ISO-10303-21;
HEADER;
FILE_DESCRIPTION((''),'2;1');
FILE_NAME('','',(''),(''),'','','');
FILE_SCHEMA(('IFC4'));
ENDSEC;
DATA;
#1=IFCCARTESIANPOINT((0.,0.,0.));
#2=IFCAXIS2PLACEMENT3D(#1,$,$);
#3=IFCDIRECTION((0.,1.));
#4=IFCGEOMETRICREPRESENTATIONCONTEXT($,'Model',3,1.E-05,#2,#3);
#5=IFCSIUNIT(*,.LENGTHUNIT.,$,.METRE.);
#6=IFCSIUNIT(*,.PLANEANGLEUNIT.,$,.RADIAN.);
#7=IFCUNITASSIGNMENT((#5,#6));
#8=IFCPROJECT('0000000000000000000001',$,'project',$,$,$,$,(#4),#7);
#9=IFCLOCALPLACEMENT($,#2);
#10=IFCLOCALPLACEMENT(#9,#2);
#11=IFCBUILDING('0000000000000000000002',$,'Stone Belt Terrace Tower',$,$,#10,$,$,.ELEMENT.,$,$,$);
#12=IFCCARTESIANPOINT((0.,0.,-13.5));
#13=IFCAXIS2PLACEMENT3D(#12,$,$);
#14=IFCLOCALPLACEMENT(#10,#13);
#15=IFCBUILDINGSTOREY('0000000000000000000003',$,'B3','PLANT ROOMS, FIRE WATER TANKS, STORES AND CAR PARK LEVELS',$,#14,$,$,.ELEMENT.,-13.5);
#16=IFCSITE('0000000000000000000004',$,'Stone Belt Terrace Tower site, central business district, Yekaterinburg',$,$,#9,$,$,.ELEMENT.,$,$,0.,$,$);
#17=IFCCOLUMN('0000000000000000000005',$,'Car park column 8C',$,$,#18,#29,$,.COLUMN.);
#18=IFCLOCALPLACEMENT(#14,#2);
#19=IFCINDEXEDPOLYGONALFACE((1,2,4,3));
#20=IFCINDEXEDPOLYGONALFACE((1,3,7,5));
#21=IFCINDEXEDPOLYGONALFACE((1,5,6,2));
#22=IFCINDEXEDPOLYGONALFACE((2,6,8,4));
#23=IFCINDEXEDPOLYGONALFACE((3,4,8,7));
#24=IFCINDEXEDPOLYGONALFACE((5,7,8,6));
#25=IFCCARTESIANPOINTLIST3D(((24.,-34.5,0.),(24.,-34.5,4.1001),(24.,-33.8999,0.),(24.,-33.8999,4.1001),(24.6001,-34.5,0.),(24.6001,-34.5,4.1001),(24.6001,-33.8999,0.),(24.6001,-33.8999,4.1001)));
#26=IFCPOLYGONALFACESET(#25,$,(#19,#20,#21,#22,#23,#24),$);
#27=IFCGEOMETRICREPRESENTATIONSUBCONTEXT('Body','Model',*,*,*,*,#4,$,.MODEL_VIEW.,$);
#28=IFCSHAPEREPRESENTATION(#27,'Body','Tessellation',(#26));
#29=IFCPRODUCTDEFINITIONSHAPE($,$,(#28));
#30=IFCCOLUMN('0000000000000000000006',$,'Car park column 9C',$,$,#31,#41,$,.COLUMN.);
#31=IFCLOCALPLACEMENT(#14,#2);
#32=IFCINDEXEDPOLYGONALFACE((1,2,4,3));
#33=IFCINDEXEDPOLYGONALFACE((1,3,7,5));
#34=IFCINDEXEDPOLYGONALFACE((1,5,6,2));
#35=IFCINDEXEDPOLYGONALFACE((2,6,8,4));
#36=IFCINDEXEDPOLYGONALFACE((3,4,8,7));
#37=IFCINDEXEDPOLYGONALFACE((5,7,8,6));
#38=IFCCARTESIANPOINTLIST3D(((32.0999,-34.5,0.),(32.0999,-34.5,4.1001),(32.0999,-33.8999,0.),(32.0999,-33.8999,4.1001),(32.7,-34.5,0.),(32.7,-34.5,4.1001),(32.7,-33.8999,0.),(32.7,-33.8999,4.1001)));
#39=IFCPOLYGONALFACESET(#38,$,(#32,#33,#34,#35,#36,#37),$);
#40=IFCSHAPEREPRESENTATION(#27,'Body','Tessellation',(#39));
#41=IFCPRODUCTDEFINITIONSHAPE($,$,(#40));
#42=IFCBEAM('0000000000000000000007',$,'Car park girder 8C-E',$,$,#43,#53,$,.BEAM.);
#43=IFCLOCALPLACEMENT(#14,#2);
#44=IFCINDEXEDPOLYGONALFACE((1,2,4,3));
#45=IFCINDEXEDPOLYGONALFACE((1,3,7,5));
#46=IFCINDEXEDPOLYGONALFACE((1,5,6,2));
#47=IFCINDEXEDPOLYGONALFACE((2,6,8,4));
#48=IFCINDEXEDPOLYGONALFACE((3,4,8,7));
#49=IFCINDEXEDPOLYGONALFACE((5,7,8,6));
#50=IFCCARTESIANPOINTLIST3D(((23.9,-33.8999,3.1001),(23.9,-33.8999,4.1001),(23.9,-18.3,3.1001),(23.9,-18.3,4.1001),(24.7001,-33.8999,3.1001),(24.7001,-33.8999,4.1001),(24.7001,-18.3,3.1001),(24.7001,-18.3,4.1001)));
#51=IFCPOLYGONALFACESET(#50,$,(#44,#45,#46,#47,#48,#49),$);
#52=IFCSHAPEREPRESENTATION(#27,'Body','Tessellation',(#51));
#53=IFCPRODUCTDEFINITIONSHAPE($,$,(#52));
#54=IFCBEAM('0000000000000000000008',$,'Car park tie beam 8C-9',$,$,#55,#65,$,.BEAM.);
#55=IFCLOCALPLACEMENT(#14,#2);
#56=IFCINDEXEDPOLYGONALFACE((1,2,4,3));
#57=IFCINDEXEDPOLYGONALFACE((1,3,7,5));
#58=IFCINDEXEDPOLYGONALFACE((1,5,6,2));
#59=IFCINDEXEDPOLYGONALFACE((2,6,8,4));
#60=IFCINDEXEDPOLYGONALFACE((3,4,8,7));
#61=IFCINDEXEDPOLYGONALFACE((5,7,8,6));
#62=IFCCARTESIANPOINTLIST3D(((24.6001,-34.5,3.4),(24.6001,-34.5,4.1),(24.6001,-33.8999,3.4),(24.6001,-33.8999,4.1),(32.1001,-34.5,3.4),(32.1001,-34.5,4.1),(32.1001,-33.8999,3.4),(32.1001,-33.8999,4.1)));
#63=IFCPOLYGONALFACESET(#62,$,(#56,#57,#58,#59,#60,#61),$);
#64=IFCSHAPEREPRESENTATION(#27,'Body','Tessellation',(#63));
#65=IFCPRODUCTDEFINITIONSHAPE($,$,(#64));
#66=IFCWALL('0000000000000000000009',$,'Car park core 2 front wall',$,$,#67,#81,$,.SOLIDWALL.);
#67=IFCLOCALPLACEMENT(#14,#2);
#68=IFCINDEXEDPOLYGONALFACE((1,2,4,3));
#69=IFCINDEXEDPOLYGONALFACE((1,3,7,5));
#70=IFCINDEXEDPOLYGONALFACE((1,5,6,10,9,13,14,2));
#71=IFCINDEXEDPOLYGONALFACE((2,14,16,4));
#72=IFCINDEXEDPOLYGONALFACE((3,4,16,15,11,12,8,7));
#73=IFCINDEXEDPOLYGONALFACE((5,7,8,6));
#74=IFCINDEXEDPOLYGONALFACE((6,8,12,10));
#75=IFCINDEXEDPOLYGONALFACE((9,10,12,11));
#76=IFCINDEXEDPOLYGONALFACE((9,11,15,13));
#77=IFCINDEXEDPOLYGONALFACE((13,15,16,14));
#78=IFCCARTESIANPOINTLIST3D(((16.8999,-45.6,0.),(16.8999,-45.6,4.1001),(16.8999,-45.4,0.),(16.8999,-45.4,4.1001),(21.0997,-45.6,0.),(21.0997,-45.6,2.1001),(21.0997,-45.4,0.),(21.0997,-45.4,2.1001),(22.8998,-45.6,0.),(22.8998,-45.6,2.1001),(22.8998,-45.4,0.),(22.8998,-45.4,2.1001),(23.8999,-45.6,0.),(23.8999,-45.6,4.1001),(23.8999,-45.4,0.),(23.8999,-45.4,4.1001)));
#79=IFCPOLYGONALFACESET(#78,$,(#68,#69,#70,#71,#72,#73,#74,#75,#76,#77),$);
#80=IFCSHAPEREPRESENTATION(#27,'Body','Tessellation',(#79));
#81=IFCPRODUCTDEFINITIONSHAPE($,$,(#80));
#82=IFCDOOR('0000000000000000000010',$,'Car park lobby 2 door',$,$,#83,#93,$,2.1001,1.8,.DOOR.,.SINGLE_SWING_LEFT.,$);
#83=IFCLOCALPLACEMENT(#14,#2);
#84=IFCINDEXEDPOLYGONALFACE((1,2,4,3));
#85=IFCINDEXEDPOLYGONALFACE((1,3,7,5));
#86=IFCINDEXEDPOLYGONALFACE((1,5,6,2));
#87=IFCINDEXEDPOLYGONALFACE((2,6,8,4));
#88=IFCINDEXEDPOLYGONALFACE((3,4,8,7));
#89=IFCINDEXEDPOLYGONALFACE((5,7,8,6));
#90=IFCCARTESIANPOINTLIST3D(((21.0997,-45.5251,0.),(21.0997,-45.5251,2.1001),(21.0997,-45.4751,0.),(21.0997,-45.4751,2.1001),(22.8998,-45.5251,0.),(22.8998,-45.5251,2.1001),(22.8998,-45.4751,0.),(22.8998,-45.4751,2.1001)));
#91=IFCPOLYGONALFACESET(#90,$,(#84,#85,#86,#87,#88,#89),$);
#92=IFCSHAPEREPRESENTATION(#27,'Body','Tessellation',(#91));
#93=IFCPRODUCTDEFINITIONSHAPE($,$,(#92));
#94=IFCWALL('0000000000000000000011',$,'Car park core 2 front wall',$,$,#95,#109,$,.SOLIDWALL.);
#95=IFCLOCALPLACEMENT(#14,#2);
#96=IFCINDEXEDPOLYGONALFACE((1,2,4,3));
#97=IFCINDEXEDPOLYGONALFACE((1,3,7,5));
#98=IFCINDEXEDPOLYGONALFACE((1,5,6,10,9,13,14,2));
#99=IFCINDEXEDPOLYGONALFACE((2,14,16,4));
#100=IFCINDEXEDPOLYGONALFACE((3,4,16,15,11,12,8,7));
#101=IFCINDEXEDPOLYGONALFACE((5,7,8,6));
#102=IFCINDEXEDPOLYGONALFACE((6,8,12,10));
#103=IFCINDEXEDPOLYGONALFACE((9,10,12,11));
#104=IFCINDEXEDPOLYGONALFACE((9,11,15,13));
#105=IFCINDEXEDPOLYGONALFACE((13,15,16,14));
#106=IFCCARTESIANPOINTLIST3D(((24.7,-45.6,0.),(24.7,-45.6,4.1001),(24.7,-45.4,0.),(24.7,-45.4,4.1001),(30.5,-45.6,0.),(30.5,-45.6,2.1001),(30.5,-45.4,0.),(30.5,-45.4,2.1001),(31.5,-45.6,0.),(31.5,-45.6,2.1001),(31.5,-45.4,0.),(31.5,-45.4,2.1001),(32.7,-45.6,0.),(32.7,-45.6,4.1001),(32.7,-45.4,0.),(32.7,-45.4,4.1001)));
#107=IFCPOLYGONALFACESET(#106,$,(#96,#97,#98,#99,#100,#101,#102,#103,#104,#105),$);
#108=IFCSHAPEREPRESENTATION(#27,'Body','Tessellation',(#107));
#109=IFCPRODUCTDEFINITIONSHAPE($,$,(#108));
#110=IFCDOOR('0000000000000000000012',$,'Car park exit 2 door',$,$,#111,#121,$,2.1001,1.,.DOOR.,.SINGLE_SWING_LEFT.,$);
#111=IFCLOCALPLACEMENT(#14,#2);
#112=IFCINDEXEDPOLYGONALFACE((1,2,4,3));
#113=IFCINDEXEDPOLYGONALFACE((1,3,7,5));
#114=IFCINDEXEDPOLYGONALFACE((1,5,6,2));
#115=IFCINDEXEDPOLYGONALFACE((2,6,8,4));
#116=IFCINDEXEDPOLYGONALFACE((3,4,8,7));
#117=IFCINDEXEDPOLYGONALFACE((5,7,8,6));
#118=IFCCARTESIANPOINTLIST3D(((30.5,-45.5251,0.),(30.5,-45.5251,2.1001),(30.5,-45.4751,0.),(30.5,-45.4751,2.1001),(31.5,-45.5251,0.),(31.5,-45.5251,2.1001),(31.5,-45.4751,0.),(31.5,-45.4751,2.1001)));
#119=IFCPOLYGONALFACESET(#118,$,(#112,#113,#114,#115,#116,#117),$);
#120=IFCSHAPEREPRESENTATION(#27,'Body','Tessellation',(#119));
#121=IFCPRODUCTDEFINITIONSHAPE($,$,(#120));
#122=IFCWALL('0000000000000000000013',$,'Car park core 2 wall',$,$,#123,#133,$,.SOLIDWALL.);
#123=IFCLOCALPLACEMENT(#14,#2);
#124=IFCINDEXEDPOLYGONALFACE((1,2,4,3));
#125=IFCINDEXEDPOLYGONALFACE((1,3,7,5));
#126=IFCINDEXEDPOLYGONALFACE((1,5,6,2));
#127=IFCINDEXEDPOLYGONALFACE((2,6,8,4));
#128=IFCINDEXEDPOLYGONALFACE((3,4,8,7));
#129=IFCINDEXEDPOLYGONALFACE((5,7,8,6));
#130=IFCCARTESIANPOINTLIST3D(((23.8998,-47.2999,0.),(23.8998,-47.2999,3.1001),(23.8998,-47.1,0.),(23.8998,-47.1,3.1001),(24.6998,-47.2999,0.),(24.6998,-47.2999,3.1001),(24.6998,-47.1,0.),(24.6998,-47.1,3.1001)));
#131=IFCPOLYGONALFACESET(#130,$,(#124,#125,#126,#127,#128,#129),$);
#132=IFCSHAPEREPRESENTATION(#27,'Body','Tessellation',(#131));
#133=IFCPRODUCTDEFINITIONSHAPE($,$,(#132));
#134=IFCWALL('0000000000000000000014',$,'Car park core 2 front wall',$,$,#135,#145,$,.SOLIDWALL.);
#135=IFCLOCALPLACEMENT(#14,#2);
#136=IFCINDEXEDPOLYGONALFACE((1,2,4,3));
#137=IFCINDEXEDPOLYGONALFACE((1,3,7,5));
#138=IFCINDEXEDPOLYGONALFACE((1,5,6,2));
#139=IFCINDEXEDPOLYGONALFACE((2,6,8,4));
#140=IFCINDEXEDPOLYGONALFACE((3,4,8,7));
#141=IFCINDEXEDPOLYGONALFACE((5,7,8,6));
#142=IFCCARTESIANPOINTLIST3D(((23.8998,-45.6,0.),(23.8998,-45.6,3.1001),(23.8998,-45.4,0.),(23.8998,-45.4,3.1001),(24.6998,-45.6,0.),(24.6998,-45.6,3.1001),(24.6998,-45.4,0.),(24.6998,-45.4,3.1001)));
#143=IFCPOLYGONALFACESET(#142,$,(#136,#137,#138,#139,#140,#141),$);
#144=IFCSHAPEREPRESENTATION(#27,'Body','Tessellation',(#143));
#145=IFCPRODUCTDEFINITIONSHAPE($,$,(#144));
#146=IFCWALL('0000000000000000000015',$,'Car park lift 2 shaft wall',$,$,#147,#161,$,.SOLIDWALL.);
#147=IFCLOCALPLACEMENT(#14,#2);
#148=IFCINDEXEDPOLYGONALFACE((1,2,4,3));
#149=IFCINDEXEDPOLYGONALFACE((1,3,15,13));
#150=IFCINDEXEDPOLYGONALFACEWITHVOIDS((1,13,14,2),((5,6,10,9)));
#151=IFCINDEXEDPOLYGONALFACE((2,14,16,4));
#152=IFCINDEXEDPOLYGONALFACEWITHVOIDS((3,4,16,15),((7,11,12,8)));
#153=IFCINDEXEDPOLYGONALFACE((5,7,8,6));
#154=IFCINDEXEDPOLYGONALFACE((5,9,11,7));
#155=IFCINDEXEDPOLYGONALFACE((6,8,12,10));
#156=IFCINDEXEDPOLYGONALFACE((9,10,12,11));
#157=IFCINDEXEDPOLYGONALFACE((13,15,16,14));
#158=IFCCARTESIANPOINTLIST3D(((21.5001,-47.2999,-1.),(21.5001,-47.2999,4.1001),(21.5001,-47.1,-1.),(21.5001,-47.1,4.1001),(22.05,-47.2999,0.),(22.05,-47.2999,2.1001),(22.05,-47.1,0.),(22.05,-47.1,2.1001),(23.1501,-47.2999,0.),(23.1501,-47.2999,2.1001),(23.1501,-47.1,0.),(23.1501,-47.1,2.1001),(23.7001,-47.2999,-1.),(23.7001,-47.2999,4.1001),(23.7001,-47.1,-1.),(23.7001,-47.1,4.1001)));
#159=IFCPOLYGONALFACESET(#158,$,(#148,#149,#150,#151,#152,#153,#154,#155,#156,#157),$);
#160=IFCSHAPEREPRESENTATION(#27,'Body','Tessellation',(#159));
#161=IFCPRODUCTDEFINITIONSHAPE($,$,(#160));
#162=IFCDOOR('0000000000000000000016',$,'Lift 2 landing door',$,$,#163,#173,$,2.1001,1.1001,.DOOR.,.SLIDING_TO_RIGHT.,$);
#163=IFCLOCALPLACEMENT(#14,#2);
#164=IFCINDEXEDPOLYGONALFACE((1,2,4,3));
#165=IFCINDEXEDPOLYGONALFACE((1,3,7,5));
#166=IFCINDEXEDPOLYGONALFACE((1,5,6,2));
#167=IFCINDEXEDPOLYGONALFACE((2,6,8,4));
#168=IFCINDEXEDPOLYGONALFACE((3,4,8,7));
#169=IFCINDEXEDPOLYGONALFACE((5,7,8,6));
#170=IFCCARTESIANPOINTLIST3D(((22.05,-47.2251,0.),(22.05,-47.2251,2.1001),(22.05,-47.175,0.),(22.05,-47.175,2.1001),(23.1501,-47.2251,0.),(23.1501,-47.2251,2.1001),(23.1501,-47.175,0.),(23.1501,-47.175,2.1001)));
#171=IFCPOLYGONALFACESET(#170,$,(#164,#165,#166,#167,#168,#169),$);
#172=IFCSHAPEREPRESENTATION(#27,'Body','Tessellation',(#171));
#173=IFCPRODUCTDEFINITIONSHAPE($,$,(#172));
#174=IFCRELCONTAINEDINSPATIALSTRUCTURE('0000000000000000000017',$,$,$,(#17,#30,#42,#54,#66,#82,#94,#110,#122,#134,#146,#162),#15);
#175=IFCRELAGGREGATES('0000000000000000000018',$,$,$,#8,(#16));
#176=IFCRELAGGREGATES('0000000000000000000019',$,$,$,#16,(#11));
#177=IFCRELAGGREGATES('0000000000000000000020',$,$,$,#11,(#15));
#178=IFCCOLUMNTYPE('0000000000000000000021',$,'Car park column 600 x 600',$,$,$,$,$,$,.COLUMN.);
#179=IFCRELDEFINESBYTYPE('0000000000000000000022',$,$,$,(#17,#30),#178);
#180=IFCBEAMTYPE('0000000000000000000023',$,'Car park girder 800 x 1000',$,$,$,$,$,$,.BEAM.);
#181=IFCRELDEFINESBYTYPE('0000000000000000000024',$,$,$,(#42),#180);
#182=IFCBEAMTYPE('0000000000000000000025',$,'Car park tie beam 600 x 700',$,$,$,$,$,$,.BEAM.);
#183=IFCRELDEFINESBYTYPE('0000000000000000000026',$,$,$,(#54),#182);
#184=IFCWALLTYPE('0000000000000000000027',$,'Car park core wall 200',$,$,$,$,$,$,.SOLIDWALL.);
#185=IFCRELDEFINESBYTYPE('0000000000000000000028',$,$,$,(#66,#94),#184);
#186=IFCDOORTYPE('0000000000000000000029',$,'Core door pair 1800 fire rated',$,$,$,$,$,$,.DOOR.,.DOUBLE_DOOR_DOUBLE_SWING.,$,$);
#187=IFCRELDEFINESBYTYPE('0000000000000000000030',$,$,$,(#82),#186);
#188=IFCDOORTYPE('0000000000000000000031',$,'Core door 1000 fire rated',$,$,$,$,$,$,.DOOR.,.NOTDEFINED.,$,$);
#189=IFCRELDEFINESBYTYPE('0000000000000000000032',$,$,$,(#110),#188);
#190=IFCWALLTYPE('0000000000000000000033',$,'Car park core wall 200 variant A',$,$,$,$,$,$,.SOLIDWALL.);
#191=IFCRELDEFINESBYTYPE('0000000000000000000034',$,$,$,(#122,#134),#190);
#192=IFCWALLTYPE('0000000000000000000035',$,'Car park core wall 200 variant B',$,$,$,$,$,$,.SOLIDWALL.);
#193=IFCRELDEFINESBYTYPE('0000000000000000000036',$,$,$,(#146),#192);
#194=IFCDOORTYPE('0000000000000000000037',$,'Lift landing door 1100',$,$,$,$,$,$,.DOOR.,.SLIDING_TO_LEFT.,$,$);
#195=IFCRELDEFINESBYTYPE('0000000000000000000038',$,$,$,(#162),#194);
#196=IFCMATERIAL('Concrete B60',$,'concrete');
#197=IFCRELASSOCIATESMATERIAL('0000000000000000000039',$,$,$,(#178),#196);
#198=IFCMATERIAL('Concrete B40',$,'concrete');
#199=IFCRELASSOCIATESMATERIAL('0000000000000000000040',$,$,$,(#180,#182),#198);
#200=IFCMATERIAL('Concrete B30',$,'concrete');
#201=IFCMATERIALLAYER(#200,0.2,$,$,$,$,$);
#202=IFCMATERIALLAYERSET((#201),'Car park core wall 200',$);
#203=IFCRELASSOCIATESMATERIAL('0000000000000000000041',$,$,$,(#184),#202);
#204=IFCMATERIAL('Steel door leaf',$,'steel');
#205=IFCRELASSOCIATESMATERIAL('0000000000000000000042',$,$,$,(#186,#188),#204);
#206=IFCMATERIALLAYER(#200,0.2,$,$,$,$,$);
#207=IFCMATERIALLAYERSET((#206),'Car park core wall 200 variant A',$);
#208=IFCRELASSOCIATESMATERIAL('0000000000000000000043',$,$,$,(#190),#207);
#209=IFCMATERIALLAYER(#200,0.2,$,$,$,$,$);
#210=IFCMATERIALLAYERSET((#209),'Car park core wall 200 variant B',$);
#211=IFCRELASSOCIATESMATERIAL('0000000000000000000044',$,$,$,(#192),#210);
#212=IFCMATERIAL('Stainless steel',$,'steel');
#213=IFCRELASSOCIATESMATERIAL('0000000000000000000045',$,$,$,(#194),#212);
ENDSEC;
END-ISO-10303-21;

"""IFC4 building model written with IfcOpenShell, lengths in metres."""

from ifc_helpers import new_model, si_unit, direction, frame, frame_2d, origin, origin_2d, place, context, subcontext, project, spatial, rectangle, extrude, material, layer, layer_set, material_profile, profile_set, type_object, element, fill, save


model = new_model("IFC4")

# Units and contexts
model_context = context("Model", 3, precision=1e-05, world=origin(), true_north=direction((0.0, 1.0)))
body_context = subcontext(model_context, "Body", "Model", "MODEL_VIEW")
ifc_project = project(units=[si_unit("LENGTHUNIT", "METRE"), si_unit("PLANEANGLEUNIT", "RADIAN")], contexts=[model_context])

# Site, building, storey
site_placement = place(None, origin())
site = spatial("IfcSite", under=ifc_project, at=site_placement, Name="Stone Belt Terrace Tower site, central business district, Yekaterinburg", CompositionType="ELEMENT", RefElevation=0.0)
building_placement = place(site_placement, origin())
building = spatial("IfcBuilding", under=site, at=building_placement, Name="Stone Belt Terrace Tower", CompositionType="ELEMENT")
storey_placement = place(building_placement, frame((0.0, 0.0, -13.5)))
storey = spatial("IfcBuildingStorey", under=building, at=storey_placement, Name="B3", Description="PLANT ROOMS, FIRE WATER TANKS, STORES AND CAR PARK LEVELS", CompositionType="ELEMENT", Elevation=-13.5)

# Columns
ifc_material_1 = material(Name="Concrete B60", Category="concrete")
ifc_material_profile_1 = material_profile(ifc_material_1, rectangle(XDim=0.6001, YDim=0.6001, at=origin_2d()), Name="Car park column 600 x 600")
ifc_profile_set_1 = profile_set([ifc_material_profile_1], Name="Concrete B60")
column_type = type_object("IfcColumnType", Name="Car park column 600 x 600", PredefinedType="COLUMN", material=ifc_profile_set_1)
for number, where, z_axis, x_axis, name in (
    (1, (24.3, -34.2, 0.0), (0.0, 0.0, 1.0), (1.0, 0.0, 0.0), "Car park column 8C"),
    (2, (32.3999, -34.2, 0.0), (0.0, 0.0, 1.0), (1.0, 0.0, 0.0), "Car park column 9C"),
):
    element("IfcColumn", number, at=place(storey_placement, frame(where, z_axis=z_axis, x_axis=x_axis)), inside=storey, type_object=column_type, Name=name, PredefinedType="COLUMN", context=body_context, shape_type="SweptSolid", body=[
        extrude(rectangle(XDim=0.6001, YDim=0.6001, at=origin_2d()), origin(), (0.0, 0.0, 1.0), 4.1001),
    ])

# Beams
ifc_material_2 = material(Name="Concrete B40", Category="concrete")
ifc_material_profile_2 = material_profile(ifc_material_2, rectangle(XDim=0.8, YDim=1.0, at=origin_2d()), Name="Car park girder 800 x 1000")
ifc_profile_set_2 = profile_set([ifc_material_profile_2], Name="Concrete B40")
beam_type_1 = type_object("IfcBeamType", Name="Car park girder 800 x 1000", PredefinedType="BEAM", material=ifc_profile_set_2)
beam_1_placement = place(storey_placement, frame((24.3, -33.8999, 3.6001), z_axis=(0.0, 1.0, 0.0), x_axis=(-1.0, 0.0, 0.0)))
element("IfcBeam", 3, at=beam_1_placement, inside=storey, type_object=beam_type_1, Name="Car park girder 8C-E", PredefinedType="BEAM", context=body_context, shape_type="SweptSolid", body=[
    extrude(rectangle(XDim=0.8, YDim=1.0, at=origin_2d()), origin(), (0.0, 0.0, 1.0), 15.5999),
])
ifc_material_profile_3 = material_profile(ifc_material_2, rectangle(XDim=0.6001, YDim=0.7, at=origin_2d()), Name="Car park tie beam 600 x 700")
ifc_profile_set_3 = profile_set([ifc_material_profile_3], Name="Concrete B40")
beam_type_2 = type_object("IfcBeamType", Name="Car park tie beam 600 x 700", PredefinedType="BEAM", material=ifc_profile_set_3)
beam_2_placement = place(storey_placement, frame((24.6001, -34.2, 3.75), z_axis=(1.0, 0.0, 0.0), x_axis=(0.0, 1.0, 0.0)))
element("IfcBeam", 4, at=beam_2_placement, inside=storey, type_object=beam_type_2, Name="Car park tie beam 8C-9", PredefinedType="BEAM", context=body_context, shape_type="SweptSolid", body=[
    extrude(rectangle(XDim=0.6001, YDim=0.7, at=origin_2d()), origin(), (0.0, 0.0, 1.0), 7.5),
])

# Shared definitions
ifc_material_3 = material(Name="Concrete B30", Category="concrete")
ifc_layer_1 = layer(ifc_material_3, 0.2)
ifc_layer_set_1 = layer_set([ifc_layer_1], Name="Car park core wall 200")
wall_type_1 = type_object("IfcWallType", Name="Car park core wall 200", PredefinedType="SOLIDWALL", material=ifc_layer_set_1)
ifc_material_4 = material(Name="Steel door leaf", Category="steel")

# Walls, openings, doors
wall_1_placement = place(storey_placement, frame((16.8999, -45.5, 0.0), z_axis=(0.0, 0.0, 1.0), x_axis=(1.0, 0.0, 0.0)))
wall_1 = element("IfcWall", 5, at=wall_1_placement, inside=storey, type_object=wall_type_1, Name="Car park core 2 front wall", PredefinedType="SOLIDWALL", context=body_context, shape_type="SweptSolid", body=[
    extrude(rectangle(XDim=7.0, YDim=0.2, at=frame_2d((3.5, 0.0))), origin(), (0.0, 0.0, 1.0), 4.1001),
])
opening_1_placement = place(wall_1_placement, frame((4.2, 0.0, 0.0)))
opening_1 = element("IfcOpeningElement", 6, at=opening_1_placement, cuts=wall_1, PredefinedType="OPENING", context=body_context, shape_type="SweptSolid", body=[
    extrude(rectangle(XDim=1.8, YDim=2.1001, at=frame_2d((0.8999, 1.05))), frame((0.0, 0.1099, 0.0), z_axis=(0.0, -1.0, 0.0), x_axis=(1.0, 0.0, 0.0)), (0.0, 0.0, 1.0), 0.22),
])
door_type_1 = type_object("IfcDoorType", Name="Core door pair 1800 fire rated", OperationType="DOUBLE_DOOR_DOUBLE_SWING", PredefinedType="DOOR", material=ifc_material_4)
door_1_placement = place(opening_1_placement, origin())
door_1 = element("IfcDoor", 7, at=door_1_placement, inside=storey, type_object=door_type_1, Name="Car park lobby 2 door", OperationType="SINGLE_SWING_LEFT", OverallHeight=2.1001, OverallWidth=1.8, PredefinedType="DOOR", context=body_context, shape_type="SweptSolid", body=[
    extrude(rectangle(XDim=1.8, YDim=2.1001, at=frame_2d((0.8999, 1.05))), frame((0.0, 0.0249, 0.0), z_axis=(0.0, -1.0, 0.0), x_axis=(1.0, 0.0, 0.0)), (0.0, 0.0, 1.0), 0.05),
])
fill(opening_1, door_1)
wall_2_placement = place(storey_placement, frame((24.7, -45.5, 0.0), z_axis=(0.0, 0.0, 1.0), x_axis=(1.0, 0.0, 0.0)))
wall_2 = element("IfcWall", 8, at=wall_2_placement, inside=storey, type_object=wall_type_1, Name="Car park core 2 front wall", PredefinedType="SOLIDWALL", context=body_context, shape_type="SweptSolid", body=[
    extrude(rectangle(XDim=8.0, YDim=0.2, at=frame_2d((4.0, 0.0))), origin(), (0.0, 0.0, 1.0), 4.1001),
])
opening_2_placement = place(wall_2_placement, frame((5.8, 0.0, 0.0)))
opening_2 = element("IfcOpeningElement", 9, at=opening_2_placement, cuts=wall_2, PredefinedType="OPENING", context=body_context, shape_type="SweptSolid", body=[
    extrude(rectangle(XDim=1.0, YDim=2.1001, at=frame_2d((0.5, 1.05))), frame((0.0, 0.1099, 0.0), z_axis=(0.0, -1.0, 0.0), x_axis=(1.0, 0.0, 0.0)), (0.0, 0.0, 1.0), 0.22),
])
door_type_2 = type_object("IfcDoorType", Name="Core door 1000 fire rated", OperationType="NOTDEFINED", PredefinedType="DOOR", material=ifc_material_4)
door_2_placement = place(opening_2_placement, origin())
door_2 = element("IfcDoor", 10, at=door_2_placement, inside=storey, type_object=door_type_2, Name="Car park exit 2 door", OperationType="SINGLE_SWING_LEFT", OverallHeight=2.1001, OverallWidth=1.0, PredefinedType="DOOR", context=body_context, shape_type="SweptSolid", body=[
    extrude(rectangle(XDim=1.0, YDim=2.1001, at=frame_2d((0.5, 1.05))), frame((0.0, 0.0249, 0.0), z_axis=(0.0, -1.0, 0.0), x_axis=(1.0, 0.0, 0.0)), (0.0, 0.0, 1.0), 0.05),
])
fill(opening_2, door_2)

# Walls
ifc_layer_2 = layer(ifc_material_3, 0.2)
ifc_layer_set_2 = layer_set([ifc_layer_2], Name="Car park core wall 200 variant A")
wall_type_2 = type_object("IfcWallType", Name="Car park core wall 200 variant A", PredefinedType="SOLIDWALL", material=ifc_layer_set_2)
for number, where, z_axis, x_axis, name in (
    (11, (23.8999, -47.2, 0.0), (0.0, 0.0, 1.0), (1.0, 0.0, 0.0), "Car park core 2 wall"),
    (12, (23.8999, -45.5, 0.0), (0.0, 0.0, 1.0), (1.0, 0.0, 0.0), "Car park core 2 front wall"),
):
    element("IfcWall", number, at=place(storey_placement, frame(where, z_axis=z_axis, x_axis=x_axis)), inside=storey, type_object=wall_type_2, Name=name, PredefinedType="SOLIDWALL", context=body_context, shape_type="SweptSolid", body=[
        extrude(rectangle(XDim=0.8, YDim=0.2, at=frame_2d((0.3999, 0.0))), origin(), (0.0, 0.0, 1.0), 3.1001),
    ])

# Wall, opening, door
ifc_layer_3 = layer(ifc_material_3, 0.2)
ifc_layer_set_3 = layer_set([ifc_layer_3], Name="Car park core wall 200 variant B")
wall_type_3 = type_object("IfcWallType", Name="Car park core wall 200 variant B", PredefinedType="SOLIDWALL", material=ifc_layer_set_3)
wall_3_placement = place(storey_placement, frame((21.5, -47.2, -1.0), z_axis=(0.0, 0.0, 1.0), x_axis=(1.0, 0.0, 0.0)))
wall_3 = element("IfcWall", 13, at=wall_3_placement, inside=storey, type_object=wall_type_3, Name="Car park lift 2 shaft wall", PredefinedType="SOLIDWALL", context=body_context, shape_type="SweptSolid", body=[
    extrude(rectangle(XDim=2.2, YDim=0.2, at=frame_2d((1.1001, 0.0))), origin(), (0.0, 0.0, 1.0), 5.1001),
])
opening_3_placement = place(wall_3_placement, frame((0.55, 0.0, 1.0)))
opening_3 = element("IfcOpeningElement", 14, at=opening_3_placement, cuts=wall_3, PredefinedType="OPENING", context=body_context, shape_type="SweptSolid", body=[
    extrude(rectangle(XDim=1.1001, YDim=2.1001, at=frame_2d((0.55, 1.05))), frame((0.0, 0.1099, 0.0), z_axis=(0.0, -1.0, 0.0), x_axis=(1.0, 0.0, 0.0)), (0.0, 0.0, 1.0), 0.22),
])
ifc_material_5 = material(Name="Stainless steel", Category="steel")
door_type_3 = type_object("IfcDoorType", Name="Lift landing door 1100", OperationType="SLIDING_TO_LEFT", PredefinedType="DOOR", material=ifc_material_5)
door_3_placement = place(opening_3_placement, origin())
door_3 = element("IfcDoor", 15, at=door_3_placement, inside=storey, type_object=door_type_3, Name="Lift 2 landing door", OperationType="SLIDING_TO_RIGHT", OverallHeight=2.1001, OverallWidth=1.1001, PredefinedType="DOOR", context=body_context, shape_type="SweptSolid", body=[
    extrude(rectangle(XDim=1.1001, YDim=2.1001, at=frame_2d((0.55, 1.05))), frame((0.0, 0.0249, 0.0), z_axis=(0.0, -1.0, 0.0), x_axis=(1.0, 0.0, 0.0)), (0.0, 0.0, 1.0), 0.05),
])
fill(opening_3, door_3)

save(model, "model.ifc")
